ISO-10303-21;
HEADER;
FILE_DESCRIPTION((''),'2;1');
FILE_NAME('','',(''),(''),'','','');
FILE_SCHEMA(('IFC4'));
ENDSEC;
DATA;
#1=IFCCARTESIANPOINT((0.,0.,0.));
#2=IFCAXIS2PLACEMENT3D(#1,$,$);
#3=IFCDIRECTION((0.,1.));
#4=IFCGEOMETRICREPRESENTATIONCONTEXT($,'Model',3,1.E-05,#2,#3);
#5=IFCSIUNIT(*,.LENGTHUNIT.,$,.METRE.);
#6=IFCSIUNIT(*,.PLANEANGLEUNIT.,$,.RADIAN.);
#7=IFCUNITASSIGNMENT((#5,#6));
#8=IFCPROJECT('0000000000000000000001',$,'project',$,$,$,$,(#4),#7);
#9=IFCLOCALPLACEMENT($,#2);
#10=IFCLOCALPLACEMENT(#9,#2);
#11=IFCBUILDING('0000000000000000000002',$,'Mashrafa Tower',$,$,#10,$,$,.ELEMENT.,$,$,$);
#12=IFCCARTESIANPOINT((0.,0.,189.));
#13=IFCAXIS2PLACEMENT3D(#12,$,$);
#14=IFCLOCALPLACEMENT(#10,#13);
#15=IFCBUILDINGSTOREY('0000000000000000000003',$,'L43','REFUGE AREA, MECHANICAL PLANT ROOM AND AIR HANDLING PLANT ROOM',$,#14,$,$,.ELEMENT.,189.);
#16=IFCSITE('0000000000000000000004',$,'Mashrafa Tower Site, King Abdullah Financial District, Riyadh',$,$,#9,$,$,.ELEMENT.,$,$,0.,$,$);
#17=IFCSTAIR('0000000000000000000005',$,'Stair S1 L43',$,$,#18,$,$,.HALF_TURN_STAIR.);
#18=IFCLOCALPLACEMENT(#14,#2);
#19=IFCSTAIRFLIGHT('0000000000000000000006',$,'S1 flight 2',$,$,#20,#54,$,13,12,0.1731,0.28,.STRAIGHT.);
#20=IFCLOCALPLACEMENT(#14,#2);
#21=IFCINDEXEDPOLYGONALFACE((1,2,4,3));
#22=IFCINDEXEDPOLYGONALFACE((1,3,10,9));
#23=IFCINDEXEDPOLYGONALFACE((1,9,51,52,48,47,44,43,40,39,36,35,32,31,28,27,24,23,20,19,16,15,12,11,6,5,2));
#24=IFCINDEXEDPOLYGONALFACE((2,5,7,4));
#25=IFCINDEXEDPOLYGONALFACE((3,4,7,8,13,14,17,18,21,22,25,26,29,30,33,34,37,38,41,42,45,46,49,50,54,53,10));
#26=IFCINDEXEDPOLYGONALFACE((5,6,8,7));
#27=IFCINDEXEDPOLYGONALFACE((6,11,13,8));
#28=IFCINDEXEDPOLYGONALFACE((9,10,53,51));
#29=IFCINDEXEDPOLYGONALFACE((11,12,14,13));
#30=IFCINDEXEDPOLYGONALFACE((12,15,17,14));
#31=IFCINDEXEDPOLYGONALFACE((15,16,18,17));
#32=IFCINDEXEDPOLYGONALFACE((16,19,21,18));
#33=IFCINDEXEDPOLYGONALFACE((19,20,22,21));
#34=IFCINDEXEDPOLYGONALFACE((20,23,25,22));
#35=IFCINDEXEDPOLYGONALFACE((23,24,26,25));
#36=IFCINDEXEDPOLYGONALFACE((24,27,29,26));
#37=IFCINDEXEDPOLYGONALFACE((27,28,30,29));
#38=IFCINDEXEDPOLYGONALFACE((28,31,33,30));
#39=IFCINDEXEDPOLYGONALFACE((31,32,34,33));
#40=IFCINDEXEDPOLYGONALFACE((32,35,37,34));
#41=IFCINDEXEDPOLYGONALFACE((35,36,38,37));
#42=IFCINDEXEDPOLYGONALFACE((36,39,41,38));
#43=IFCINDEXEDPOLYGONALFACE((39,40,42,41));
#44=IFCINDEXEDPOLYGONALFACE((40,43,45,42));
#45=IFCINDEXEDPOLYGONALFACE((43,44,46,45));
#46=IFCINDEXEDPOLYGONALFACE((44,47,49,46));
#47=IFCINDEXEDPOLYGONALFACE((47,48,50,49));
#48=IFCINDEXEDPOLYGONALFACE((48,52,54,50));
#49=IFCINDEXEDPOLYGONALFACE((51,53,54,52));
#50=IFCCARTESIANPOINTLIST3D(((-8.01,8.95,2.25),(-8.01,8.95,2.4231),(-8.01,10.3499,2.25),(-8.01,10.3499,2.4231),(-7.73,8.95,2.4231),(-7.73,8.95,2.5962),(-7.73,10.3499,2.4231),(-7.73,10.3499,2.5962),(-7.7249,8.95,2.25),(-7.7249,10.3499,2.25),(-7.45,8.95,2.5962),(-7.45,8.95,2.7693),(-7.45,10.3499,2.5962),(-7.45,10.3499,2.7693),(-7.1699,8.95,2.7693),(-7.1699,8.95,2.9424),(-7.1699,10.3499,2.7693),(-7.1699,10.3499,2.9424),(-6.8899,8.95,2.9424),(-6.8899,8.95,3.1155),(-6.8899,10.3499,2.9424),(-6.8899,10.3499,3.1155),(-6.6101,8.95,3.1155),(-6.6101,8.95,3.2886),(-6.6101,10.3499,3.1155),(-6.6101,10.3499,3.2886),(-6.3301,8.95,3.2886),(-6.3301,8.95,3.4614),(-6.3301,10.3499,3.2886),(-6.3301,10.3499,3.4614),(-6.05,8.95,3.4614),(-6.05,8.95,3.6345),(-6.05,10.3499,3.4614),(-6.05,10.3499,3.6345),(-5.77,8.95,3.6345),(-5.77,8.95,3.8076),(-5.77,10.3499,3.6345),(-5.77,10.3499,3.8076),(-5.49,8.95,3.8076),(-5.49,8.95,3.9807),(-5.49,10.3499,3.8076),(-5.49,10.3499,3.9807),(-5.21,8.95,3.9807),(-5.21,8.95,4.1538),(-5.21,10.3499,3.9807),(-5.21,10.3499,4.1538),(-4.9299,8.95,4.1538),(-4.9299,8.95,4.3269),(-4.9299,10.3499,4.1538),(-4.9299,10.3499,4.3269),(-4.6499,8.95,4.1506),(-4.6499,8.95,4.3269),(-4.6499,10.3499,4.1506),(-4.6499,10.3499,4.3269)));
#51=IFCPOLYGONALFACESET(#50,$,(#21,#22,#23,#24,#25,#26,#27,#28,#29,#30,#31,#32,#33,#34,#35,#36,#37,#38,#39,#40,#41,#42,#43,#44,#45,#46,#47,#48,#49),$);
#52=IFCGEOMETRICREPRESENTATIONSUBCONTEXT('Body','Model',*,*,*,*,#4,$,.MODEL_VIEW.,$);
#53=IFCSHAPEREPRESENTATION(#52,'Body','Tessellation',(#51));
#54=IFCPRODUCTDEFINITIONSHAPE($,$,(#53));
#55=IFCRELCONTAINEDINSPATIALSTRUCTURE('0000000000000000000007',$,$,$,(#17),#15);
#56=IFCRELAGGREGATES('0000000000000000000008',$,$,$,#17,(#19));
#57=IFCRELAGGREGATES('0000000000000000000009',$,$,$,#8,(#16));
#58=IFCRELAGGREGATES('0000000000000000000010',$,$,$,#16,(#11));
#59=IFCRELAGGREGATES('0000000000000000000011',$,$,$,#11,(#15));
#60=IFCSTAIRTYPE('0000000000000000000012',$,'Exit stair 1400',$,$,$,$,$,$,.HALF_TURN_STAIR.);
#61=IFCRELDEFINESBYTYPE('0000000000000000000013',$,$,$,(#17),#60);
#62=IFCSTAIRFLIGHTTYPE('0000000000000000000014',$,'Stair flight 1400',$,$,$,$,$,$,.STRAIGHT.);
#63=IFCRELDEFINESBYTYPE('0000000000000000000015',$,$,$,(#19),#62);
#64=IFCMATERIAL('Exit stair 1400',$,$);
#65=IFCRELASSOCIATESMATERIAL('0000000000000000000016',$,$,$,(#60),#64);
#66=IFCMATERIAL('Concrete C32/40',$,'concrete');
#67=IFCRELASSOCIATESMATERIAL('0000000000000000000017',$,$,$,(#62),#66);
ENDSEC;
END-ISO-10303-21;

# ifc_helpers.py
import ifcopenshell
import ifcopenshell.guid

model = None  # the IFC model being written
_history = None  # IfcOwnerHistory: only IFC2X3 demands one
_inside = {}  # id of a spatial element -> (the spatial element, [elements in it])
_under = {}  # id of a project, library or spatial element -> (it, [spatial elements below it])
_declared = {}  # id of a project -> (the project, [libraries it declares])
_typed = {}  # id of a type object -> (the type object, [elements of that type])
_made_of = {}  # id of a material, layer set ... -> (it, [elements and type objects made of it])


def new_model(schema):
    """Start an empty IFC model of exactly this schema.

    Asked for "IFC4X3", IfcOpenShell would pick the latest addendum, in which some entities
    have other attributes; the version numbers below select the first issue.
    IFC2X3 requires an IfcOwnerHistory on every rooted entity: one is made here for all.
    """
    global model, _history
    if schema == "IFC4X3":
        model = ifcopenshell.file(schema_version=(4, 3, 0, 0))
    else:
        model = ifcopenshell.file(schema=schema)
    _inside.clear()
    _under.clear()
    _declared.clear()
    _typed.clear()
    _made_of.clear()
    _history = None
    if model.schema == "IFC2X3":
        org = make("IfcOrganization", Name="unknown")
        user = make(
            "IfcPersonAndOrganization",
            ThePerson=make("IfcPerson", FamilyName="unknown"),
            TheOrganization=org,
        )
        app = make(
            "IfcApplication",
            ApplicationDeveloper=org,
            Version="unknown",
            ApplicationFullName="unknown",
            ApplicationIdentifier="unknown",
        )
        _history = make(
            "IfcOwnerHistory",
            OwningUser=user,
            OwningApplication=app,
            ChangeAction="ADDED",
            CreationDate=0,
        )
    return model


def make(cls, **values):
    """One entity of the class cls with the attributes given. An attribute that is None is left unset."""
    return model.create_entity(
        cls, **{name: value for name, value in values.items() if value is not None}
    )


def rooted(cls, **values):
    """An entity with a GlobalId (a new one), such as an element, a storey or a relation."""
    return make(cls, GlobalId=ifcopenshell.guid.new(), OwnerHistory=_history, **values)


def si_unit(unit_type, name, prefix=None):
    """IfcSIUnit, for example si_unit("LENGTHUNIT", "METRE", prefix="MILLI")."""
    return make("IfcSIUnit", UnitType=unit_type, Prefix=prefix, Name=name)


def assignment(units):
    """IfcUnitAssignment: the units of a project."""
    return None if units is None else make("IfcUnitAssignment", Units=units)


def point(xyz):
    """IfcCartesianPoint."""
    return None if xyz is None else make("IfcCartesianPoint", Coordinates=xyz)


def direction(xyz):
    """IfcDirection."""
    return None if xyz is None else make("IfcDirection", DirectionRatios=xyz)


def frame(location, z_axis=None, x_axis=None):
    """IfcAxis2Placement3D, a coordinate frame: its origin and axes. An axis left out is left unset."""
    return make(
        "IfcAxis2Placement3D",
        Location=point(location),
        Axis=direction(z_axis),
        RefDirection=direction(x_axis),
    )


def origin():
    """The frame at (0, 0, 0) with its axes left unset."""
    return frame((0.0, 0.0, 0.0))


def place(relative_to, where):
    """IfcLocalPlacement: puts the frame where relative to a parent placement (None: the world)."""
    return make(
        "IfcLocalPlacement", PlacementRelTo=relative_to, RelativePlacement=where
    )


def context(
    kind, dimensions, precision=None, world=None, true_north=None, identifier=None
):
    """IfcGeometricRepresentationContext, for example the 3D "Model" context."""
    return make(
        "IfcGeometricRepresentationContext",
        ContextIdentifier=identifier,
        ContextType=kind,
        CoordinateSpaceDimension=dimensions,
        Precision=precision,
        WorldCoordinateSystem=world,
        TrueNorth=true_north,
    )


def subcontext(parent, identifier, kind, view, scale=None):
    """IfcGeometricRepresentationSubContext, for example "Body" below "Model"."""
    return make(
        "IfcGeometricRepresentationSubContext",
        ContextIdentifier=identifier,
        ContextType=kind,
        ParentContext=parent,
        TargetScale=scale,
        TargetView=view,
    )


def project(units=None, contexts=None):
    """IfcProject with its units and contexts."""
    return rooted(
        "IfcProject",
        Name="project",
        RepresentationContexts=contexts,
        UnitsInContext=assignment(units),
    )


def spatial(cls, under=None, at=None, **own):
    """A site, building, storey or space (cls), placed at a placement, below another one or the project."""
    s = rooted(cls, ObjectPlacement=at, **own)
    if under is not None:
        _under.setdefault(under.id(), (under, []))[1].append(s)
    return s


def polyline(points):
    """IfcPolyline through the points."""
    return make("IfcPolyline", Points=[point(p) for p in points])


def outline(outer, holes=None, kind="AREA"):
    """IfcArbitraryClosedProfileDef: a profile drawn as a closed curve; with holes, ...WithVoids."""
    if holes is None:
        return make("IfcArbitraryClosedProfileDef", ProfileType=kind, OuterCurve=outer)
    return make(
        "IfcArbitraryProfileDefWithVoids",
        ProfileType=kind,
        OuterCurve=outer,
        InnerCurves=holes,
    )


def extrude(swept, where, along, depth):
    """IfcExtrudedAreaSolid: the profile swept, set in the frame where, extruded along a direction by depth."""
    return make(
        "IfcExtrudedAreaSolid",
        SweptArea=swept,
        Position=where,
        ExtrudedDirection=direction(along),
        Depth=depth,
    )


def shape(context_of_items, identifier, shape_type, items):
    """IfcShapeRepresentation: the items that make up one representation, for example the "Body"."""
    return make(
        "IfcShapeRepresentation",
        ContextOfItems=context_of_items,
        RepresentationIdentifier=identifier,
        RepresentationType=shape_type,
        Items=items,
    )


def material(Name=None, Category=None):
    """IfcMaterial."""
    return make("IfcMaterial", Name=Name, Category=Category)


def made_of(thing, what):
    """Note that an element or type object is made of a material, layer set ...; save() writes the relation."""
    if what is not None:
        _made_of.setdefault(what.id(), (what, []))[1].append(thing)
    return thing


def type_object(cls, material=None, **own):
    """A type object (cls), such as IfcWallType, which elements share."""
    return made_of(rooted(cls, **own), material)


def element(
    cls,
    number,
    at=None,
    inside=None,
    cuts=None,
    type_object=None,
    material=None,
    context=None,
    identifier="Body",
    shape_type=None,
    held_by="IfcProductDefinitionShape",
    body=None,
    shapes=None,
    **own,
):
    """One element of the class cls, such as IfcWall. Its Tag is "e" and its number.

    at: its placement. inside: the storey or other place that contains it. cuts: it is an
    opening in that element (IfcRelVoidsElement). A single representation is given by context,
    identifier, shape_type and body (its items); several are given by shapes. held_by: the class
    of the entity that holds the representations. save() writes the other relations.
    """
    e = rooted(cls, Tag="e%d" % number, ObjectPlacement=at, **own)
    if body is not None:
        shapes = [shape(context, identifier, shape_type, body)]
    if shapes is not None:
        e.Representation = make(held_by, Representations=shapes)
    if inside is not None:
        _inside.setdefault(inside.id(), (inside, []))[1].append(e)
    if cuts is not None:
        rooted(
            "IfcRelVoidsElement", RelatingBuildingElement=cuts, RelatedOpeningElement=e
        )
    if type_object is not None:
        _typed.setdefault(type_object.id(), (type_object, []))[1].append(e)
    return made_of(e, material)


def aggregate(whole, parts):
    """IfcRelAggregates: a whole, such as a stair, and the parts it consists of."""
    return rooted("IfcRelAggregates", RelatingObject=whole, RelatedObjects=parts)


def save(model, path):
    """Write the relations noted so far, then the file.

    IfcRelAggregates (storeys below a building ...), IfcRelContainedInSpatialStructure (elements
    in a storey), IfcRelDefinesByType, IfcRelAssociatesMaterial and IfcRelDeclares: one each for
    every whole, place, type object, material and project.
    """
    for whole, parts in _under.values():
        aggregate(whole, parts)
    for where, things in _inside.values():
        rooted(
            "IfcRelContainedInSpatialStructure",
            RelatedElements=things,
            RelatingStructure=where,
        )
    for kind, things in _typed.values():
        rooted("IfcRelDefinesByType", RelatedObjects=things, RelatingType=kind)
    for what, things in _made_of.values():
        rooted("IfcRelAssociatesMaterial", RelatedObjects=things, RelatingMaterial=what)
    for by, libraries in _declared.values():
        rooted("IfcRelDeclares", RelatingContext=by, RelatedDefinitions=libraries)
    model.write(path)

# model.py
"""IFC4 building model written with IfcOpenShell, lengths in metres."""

from ifc_helpers import new_model, si_unit, direction, frame, origin, place, context, subcontext, project, spatial, polyline, outline, extrude, material, type_object, element, aggregate, save


model = new_model("IFC4")

# Units and contexts
model_context = context("Model", 3, precision=1e-05, world=origin(), true_north=direction((0.0, 1.0)))
body_context = subcontext(model_context, "Body", "Model", "MODEL_VIEW")
ifc_project = project(units=[si_unit("LENGTHUNIT", "METRE"), si_unit("PLANEANGLEUNIT", "RADIAN")], contexts=[model_context])

# Site, building, storey
site_placement = place(None, origin())
site = spatial("IfcSite", under=ifc_project, at=site_placement, Name="Mashrafa Tower Site, King Abdullah Financial District, Riyadh", CompositionType="ELEMENT", RefElevation=0.0)
building_placement = place(site_placement, origin())
building = spatial("IfcBuilding", under=site, at=building_placement, Name="Mashrafa Tower", CompositionType="ELEMENT")
storey_placement = place(building_placement, frame((0.0, 0.0, 189.0)))
storey = spatial("IfcBuildingStorey", under=building, at=storey_placement, Name="L43", Description="REFUGE AREA, MECHANICAL PLANT ROOM AND AIR HANDLING PLANT ROOM", CompositionType="ELEMENT", Elevation=189.0)

# Stair, stair flight
ifc_material_1 = material(Name="Exit stair 1400")
stair_type = type_object("IfcStairType", Name="Exit stair 1400", PredefinedType="HALF_TURN_STAIR", material=ifc_material_1)
stair_placement = place(storey_placement, origin())
stair = element("IfcStair", 1, at=stair_placement, inside=storey, type_object=stair_type, Name="Stair S1 L43", PredefinedType="HALF_TURN_STAIR")
ifc_material_2 = material(Name="Concrete C32/40", Category="concrete")
stair_flight_type = type_object("IfcStairFlightType", Name="Stair flight 1400", PredefinedType="STRAIGHT", material=ifc_material_2)
stair_flight_1_placement = place(storey_placement, frame((-8.01, 9.6499, 2.25), z_axis=(0.0, 0.0, 1.0), x_axis=(1.0, 0.0, 0.0)))
stair_flight_1 = element("IfcStairFlight", 2, at=stair_flight_1_placement, type_object=stair_flight_type, Name="S1 flight 2", NumberOfRisers=13, NumberOfTreads=12, PredefinedType="STRAIGHT", RiserHeight=0.1731, TreadLength=0.28, context=body_context, shape_type="SweptSolid", body=[
    extrude(outline(polyline([(0.0, 0.0), (0.0, 0.1731), (0.28, 0.1731), (0.28, 0.3462), (0.5601, 0.3462), (0.5601, 0.5193), (0.8401, 0.5193), (0.8401, 0.6924), (1.1201, 0.6924), (1.1201, 0.8655), (1.3999, 0.8655), (1.3999, 1.0386), (1.6799, 1.0386), (1.6799, 1.2114), (1.96, 1.2114), (1.96, 1.3845), (2.24, 1.3845), (2.24, 1.5576), (2.52, 1.5576), (2.52, 1.7307), (2.8, 1.7307), (2.8, 1.9038), (3.0801, 1.9038), (3.0801, 2.0769), (3.3601, 2.0769), (3.3601, 2.25), (3.3601, 1.9006), (0.2852, 0.0), (0.0, 0.0)])), frame((0.0, 0.7, 0.0), z_axis=(0.0, -1.0, 0.0), x_axis=(1.0, 0.0, 0.0)), (0.0, 0.0, 1.0), 1.3999),
])
aggregate(stair, [stair_flight_1])

save(model, "model.ifc")
